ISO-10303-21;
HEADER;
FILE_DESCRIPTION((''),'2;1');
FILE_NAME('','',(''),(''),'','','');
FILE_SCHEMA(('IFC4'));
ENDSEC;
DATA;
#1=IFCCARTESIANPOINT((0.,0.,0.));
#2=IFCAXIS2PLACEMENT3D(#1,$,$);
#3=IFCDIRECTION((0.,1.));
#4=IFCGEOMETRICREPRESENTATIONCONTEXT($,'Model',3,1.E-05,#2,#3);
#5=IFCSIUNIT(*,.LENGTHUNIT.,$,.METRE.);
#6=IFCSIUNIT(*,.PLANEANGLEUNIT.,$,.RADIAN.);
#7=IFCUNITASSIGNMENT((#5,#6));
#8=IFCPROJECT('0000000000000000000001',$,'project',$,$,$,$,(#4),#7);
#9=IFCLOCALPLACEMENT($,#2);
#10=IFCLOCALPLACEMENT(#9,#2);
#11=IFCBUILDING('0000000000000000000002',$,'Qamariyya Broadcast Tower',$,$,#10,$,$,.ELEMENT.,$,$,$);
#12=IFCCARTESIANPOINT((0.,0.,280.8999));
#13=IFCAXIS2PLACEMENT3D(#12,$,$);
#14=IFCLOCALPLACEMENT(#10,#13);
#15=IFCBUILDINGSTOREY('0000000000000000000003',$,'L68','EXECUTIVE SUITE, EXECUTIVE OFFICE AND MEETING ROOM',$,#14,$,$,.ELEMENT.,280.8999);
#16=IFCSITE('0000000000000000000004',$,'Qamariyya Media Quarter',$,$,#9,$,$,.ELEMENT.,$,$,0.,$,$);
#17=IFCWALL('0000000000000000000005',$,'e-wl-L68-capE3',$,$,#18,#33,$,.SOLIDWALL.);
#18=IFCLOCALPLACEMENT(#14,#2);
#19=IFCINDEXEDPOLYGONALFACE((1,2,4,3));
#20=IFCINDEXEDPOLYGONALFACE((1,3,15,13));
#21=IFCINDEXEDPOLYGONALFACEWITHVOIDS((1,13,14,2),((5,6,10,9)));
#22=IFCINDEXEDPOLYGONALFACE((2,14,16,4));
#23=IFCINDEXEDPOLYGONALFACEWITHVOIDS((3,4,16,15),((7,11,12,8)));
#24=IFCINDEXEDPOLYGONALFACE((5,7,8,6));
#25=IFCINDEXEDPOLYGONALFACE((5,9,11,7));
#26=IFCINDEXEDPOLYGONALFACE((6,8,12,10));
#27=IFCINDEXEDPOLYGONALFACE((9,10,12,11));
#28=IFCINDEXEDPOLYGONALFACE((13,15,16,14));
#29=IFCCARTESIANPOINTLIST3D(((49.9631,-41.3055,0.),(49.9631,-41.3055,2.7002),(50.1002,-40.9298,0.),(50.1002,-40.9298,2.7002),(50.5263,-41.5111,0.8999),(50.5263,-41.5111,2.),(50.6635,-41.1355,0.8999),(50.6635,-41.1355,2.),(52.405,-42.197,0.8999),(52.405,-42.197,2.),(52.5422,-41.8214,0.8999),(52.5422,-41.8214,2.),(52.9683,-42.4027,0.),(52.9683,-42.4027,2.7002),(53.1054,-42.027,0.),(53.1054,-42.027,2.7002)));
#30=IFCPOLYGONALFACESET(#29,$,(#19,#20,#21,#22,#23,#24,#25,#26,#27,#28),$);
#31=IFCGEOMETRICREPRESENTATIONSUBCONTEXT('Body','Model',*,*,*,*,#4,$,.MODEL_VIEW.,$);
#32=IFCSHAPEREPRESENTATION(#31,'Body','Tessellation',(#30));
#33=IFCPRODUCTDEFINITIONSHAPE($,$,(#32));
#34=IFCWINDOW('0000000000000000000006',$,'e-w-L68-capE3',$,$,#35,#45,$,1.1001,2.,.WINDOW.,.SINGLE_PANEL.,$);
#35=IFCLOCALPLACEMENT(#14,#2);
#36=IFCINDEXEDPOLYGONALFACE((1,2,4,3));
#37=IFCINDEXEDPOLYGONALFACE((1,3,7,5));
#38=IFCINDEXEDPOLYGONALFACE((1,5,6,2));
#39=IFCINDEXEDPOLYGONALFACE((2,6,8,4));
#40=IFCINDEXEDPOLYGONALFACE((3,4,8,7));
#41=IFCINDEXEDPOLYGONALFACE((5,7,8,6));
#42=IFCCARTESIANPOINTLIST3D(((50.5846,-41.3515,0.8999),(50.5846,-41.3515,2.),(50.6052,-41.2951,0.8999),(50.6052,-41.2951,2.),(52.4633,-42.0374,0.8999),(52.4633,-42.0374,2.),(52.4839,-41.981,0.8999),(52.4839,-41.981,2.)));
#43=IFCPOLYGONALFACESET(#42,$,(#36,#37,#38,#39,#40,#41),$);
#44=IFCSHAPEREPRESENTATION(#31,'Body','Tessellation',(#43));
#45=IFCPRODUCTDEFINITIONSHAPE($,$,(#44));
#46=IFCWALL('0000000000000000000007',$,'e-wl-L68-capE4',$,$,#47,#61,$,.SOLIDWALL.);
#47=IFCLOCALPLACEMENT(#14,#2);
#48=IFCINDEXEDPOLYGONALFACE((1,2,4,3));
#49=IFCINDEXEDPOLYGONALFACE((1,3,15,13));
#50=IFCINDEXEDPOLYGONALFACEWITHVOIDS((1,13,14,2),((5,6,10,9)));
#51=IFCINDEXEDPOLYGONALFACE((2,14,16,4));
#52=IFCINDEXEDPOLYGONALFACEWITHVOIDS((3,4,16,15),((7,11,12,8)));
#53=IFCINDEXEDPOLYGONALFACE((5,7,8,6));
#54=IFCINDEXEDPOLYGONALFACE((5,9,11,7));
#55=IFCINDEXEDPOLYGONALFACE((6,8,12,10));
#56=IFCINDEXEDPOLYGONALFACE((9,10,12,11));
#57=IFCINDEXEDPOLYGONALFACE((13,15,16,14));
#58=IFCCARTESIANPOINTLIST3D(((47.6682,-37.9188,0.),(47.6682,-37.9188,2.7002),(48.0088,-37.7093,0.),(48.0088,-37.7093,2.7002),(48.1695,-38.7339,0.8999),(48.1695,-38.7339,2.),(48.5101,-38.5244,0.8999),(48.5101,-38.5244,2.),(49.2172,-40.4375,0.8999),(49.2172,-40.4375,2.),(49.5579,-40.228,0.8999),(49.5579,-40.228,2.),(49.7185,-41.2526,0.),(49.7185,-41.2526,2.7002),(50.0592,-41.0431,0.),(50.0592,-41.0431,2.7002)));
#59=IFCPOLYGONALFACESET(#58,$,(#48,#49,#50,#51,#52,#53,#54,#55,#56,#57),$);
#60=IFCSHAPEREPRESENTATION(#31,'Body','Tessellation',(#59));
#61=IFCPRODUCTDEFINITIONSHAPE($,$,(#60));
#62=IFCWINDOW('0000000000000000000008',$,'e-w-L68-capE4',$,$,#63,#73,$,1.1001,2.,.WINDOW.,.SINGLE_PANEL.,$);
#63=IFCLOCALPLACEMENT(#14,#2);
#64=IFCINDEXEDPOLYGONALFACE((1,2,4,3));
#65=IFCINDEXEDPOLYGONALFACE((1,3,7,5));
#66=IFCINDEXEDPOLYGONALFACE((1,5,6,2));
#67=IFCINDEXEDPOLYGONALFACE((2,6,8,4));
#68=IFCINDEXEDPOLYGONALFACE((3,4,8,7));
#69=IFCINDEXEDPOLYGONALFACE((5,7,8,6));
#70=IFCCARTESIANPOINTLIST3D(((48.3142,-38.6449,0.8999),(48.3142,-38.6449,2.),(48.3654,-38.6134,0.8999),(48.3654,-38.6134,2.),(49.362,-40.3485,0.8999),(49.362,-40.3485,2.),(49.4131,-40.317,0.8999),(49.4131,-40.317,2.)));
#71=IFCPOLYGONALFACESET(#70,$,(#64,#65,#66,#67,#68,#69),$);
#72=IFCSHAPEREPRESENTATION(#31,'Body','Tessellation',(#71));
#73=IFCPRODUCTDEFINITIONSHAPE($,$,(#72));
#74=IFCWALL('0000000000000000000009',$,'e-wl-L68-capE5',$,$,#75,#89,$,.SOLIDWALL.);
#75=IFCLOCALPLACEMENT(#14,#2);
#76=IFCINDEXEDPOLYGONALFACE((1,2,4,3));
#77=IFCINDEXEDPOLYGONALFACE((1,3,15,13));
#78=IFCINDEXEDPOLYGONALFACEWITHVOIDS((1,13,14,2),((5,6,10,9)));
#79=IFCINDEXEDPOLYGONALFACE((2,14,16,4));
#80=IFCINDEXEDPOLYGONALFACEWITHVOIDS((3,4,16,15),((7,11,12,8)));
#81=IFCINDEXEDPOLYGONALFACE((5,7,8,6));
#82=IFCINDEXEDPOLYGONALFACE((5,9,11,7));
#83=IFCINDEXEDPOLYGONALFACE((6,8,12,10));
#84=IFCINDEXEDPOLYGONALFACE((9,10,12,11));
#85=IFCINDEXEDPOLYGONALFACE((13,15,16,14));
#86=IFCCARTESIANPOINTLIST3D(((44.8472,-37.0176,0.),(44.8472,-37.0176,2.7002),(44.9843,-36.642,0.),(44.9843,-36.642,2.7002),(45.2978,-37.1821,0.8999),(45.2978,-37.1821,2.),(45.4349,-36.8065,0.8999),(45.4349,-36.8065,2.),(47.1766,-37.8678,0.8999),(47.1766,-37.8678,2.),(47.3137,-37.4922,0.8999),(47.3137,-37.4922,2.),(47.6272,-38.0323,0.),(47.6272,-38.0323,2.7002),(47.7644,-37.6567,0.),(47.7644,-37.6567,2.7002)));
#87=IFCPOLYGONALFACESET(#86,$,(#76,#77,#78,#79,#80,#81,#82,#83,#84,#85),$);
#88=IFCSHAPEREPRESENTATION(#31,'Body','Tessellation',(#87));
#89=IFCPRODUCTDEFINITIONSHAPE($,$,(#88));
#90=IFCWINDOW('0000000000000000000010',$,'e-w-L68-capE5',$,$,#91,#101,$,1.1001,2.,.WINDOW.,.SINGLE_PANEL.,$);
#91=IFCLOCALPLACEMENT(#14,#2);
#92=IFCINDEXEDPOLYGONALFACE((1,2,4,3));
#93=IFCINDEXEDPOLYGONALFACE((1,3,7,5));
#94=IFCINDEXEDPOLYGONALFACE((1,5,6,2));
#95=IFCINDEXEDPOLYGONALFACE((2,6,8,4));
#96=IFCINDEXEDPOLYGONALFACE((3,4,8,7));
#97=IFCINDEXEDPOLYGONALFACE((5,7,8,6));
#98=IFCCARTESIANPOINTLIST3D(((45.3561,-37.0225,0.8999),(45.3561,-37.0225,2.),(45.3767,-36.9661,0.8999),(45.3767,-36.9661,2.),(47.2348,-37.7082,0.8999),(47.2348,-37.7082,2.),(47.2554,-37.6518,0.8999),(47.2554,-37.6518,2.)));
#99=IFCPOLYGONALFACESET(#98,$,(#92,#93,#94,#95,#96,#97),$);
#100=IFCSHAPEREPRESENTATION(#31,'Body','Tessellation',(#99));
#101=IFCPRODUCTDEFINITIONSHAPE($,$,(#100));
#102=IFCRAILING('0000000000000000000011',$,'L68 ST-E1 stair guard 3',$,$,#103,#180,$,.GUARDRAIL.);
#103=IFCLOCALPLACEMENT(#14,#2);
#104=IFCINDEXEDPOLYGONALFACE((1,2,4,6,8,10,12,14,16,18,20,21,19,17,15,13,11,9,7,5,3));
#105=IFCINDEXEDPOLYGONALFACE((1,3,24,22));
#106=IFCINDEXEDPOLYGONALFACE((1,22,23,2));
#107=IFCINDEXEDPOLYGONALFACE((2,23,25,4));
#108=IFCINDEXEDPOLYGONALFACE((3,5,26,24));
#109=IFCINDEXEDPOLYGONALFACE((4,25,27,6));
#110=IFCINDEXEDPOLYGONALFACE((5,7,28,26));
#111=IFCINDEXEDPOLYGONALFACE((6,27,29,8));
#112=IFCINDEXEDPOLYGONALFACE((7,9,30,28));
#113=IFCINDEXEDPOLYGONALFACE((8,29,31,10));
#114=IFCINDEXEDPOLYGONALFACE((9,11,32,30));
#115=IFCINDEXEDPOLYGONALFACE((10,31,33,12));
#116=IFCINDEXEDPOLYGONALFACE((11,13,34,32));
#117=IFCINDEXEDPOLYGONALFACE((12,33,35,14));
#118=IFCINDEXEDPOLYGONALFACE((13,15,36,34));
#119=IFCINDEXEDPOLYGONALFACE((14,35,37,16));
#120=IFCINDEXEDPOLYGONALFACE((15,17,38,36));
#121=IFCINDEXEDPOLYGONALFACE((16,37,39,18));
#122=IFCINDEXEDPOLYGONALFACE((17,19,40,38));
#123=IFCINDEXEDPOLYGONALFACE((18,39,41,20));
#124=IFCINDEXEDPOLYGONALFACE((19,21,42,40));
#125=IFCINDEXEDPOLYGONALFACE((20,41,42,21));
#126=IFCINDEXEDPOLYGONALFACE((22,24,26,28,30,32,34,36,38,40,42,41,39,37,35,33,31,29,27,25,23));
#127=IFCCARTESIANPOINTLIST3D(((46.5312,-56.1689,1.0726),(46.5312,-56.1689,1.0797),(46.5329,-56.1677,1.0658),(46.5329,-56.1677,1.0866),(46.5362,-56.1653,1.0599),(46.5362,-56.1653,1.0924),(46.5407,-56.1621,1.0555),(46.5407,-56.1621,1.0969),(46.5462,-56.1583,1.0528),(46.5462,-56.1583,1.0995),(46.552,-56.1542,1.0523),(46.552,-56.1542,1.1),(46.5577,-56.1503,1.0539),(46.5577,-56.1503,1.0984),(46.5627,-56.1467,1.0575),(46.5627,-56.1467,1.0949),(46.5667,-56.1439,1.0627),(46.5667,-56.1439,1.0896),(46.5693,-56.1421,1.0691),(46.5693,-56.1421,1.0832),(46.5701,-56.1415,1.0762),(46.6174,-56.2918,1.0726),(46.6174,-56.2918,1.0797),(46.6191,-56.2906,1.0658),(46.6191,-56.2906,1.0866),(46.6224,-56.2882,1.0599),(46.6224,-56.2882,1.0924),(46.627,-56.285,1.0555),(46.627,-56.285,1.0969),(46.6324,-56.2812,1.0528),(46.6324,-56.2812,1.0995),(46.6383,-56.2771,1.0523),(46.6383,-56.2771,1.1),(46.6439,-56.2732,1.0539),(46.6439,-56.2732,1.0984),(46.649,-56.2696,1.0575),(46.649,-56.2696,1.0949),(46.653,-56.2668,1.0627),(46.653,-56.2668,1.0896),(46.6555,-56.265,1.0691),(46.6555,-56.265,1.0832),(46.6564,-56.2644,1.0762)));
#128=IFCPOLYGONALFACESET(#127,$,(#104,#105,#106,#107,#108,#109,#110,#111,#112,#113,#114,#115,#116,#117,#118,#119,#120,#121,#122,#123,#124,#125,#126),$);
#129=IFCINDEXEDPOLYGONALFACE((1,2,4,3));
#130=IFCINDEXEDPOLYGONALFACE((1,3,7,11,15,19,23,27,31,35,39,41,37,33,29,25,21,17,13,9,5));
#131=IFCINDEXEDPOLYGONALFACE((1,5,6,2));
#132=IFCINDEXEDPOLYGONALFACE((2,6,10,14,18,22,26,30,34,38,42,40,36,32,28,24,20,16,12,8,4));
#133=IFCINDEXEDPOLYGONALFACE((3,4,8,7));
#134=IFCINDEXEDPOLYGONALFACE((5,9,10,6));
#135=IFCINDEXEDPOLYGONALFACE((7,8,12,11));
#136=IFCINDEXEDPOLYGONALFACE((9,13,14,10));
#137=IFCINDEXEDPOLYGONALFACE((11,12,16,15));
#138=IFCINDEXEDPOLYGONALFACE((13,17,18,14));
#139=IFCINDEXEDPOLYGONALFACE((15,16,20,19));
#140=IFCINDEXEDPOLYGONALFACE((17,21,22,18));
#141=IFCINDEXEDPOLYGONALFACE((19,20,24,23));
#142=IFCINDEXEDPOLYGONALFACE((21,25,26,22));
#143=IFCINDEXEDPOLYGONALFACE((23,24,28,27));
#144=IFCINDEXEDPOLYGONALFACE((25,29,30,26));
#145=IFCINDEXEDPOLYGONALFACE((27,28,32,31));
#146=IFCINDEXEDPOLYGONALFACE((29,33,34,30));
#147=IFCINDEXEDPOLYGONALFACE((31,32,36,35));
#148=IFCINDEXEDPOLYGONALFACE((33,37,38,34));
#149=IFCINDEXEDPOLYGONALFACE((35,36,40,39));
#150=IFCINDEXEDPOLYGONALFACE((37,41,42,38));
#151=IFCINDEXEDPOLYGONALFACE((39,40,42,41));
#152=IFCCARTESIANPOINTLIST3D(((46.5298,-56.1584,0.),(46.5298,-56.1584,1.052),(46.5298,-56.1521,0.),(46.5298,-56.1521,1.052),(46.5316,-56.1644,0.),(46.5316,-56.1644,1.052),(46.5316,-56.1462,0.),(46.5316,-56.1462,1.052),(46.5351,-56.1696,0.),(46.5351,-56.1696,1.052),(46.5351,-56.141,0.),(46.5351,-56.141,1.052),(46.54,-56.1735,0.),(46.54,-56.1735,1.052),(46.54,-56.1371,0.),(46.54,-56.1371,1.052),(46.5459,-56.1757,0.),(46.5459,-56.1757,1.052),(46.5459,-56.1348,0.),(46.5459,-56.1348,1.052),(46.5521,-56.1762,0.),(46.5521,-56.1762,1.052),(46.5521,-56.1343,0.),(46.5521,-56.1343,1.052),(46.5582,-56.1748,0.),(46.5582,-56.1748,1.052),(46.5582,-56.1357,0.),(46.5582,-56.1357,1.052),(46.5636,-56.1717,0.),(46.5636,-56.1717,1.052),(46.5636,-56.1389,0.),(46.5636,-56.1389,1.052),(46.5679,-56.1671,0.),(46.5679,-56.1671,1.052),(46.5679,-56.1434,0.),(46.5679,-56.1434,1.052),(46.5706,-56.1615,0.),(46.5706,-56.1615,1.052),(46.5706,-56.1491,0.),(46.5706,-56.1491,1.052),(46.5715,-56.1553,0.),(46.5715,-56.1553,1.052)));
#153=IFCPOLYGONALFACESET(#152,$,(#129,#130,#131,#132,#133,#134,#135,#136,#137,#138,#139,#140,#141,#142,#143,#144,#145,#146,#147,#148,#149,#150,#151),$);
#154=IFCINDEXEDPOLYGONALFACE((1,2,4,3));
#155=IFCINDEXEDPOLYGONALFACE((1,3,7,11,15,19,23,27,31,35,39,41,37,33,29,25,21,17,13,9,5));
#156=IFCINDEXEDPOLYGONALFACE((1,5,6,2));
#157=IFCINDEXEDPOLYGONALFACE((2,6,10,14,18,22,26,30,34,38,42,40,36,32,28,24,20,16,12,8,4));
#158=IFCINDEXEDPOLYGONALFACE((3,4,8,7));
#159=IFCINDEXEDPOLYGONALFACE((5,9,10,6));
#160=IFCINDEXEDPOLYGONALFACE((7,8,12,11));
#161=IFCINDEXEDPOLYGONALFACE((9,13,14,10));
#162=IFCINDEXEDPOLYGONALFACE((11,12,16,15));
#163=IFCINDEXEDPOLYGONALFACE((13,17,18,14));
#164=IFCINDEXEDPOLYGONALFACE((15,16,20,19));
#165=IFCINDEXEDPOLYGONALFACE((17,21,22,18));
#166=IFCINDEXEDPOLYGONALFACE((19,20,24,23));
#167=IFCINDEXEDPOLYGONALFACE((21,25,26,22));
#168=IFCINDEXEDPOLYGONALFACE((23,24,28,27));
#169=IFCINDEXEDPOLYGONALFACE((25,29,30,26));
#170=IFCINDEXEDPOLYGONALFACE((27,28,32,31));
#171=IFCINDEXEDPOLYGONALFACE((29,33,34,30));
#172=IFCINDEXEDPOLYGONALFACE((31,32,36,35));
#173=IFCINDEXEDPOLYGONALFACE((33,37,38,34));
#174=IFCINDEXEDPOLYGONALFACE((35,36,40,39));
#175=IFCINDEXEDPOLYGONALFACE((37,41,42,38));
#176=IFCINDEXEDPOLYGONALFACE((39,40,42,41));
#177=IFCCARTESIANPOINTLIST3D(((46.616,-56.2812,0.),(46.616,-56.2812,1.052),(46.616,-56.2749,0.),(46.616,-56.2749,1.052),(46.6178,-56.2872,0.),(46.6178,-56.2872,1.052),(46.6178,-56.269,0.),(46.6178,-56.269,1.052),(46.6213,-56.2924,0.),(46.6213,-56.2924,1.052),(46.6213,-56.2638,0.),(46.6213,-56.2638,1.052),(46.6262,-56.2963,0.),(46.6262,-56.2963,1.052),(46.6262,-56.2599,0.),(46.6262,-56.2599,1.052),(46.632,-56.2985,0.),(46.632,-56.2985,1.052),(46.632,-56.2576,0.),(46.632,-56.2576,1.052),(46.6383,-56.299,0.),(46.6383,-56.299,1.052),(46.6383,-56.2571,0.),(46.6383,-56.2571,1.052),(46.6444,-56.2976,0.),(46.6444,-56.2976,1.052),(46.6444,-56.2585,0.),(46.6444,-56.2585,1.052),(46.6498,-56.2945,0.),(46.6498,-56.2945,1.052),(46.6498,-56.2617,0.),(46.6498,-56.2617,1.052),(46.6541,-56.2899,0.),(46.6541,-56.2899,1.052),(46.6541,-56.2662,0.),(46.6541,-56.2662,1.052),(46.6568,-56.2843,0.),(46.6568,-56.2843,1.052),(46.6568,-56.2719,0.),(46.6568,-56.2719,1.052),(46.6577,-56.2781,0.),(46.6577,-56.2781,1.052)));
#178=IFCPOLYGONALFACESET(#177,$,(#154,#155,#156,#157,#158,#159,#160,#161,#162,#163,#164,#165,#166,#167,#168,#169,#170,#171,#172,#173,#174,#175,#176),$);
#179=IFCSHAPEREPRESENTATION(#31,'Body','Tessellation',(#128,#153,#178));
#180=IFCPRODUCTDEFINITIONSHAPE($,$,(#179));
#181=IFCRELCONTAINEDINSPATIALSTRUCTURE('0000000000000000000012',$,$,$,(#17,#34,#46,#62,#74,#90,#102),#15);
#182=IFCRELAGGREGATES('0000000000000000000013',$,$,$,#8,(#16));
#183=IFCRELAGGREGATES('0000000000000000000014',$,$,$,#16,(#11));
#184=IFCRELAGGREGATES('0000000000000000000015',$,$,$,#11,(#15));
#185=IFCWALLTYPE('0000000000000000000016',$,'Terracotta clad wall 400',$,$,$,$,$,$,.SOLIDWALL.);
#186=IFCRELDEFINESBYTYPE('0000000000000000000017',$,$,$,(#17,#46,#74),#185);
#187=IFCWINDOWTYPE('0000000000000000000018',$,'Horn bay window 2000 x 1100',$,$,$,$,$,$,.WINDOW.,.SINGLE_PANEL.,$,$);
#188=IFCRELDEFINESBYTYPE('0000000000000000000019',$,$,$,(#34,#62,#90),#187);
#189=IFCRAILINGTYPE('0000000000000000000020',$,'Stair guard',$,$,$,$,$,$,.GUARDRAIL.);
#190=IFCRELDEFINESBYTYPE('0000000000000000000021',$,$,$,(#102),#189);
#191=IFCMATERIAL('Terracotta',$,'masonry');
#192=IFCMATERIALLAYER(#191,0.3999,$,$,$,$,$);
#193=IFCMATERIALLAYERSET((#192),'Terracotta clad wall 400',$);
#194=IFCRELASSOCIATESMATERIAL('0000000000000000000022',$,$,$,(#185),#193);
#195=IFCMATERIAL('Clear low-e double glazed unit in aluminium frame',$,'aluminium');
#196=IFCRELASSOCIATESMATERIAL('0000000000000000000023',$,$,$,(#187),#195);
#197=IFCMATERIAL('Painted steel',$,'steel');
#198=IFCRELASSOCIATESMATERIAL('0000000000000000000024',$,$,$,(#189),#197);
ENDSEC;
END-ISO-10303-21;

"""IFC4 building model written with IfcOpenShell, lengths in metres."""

from ifc_helpers import new_model, si_unit, direction, frame, frame_2d, origin, origin_2d, place, context, subcontext, project, spatial, rectangle, circle, extrude, material, layer, layer_set, type_object, element, fill, save


model = new_model("IFC4")

# Units and contexts
model_context = context("Model", 3, precision=1e-05, world=origin(), true_north=direction((0.0, 1.0)))
body_context = subcontext(model_context, "Body", "Model", "MODEL_VIEW")
ifc_project = project(units=[si_unit("LENGTHUNIT", "METRE"), si_unit("PLANEANGLEUNIT", "RADIAN")], contexts=[model_context])

# Site, building, storey
site_placement = place(None, origin())
site = spatial("IfcSite", under=ifc_project, at=site_placement, Name="Qamariyya Media Quarter", CompositionType="ELEMENT", RefElevation=0.0)
building_placement = place(site_placement, origin())
building = spatial("IfcBuilding", under=site, at=building_placement, Name="Qamariyya Broadcast Tower", CompositionType="ELEMENT")
storey_placement = place(building_placement, frame((0.0, 0.0, 280.8999)))
storey = spatial("IfcBuildingStorey", under=building, at=storey_placement, Name="L68", Description="EXECUTIVE SUITE, EXECUTIVE OFFICE AND MEETING ROOM", CompositionType="ELEMENT", Elevation=280.8999)

# Walls, openings, windows
ifc_material_1 = material(Name="Terracotta", Category="masonry")
ifc_layer_1 = layer(ifc_material_1, 0.3999)
ifc_layer_set_1 = layer_set([ifc_layer_1], Name="Terracotta clad wall 400")
wall_type_1 = type_object("IfcWallType", Name="Terracotta clad wall 400", PredefinedType="SOLIDWALL", material=ifc_layer_set_1)
ifc_material_2 = material(Name="Clear low-e double glazed unit in aluminium frame", Category="aluminium")
window_type = type_object("IfcWindowType", Name="Horn bay window 2000 x 1100", PartitioningType="SINGLE_PANEL", PredefinedType="WINDOW", material=ifc_material_2)
wall_1_placement = place(storey_placement, frame((53.0369, -42.2148, 0.0), z_axis=(0.0, 0.0, 1.0), x_axis=(-0.939351, 0.342956, 0.0)))
wall_1 = element("IfcWall", 1, at=wall_1_placement, inside=storey, type_object=wall_type_1, Name="e-wl-L68-capE3", PredefinedType="SOLIDWALL", context=body_context, shape_type="SweptSolid", body=[
    extrude(rectangle(XDim=3.1992, YDim=0.3999, at=frame_2d((1.5996, 0.0))), origin(), (0.0, 0.0, 1.0), 2.7002),
])
opening_1_placement = place(wall_1_placement, frame((0.5996, 0.0, 0.8999)))
opening_1 = element("IfcOpeningElement", 2, at=opening_1_placement, cuts=wall_1, PredefinedType="OPENING", context=body_context, shape_type="SweptSolid", body=[
    extrude(rectangle(XDim=2.0, YDim=1.1001, at=frame_2d((1.0, 0.55))), frame((0.0, 0.21, 0.0), z_axis=(0.0, -1.0, 0.0), x_axis=(1.0, 0.0, 0.0)), (0.0, 0.0, 1.0), 0.4199),
])
window_1_placement = place(opening_1_placement, origin())
window_1 = element("IfcWindow", 3, at=window_1_placement, inside=storey, type_object=window_type, Name="e-w-L68-capE3", OverallHeight=1.1001, OverallWidth=2.0, PartitioningType="SINGLE_PANEL", PredefinedType="WINDOW", context=body_context, shape_type="SweptSolid", body=[
    extrude(rectangle(XDim=2.0, YDim=1.1001, at=frame_2d((1.0, 0.55))), frame((0.0, 0.03, 0.0), z_axis=(0.0, -1.0, 0.0), x_axis=(1.0, 0.0, 0.0)), (0.0, 0.0, 1.0), 0.0601),
])
fill(opening_1, window_1)
wall_2_placement = place(storey_placement, frame((49.8889, -41.1479, 0.0), z_axis=(0.0, 0.0, 1.0), x_axis=(-0.523868, 0.8518, 0.0)))
wall_2 = element("IfcWall", 4, at=wall_2_placement, inside=storey, type_object=wall_type_1, Name="e-wl-L68-capE4", PredefinedType="SOLIDWALL", context=body_context, shape_type="SweptSolid", body=[
    extrude(rectangle(XDim=3.9138, YDim=0.3999, at=frame_2d((1.957, 0.0))), origin(), (0.0, 0.0, 1.0), 2.7002),
])
opening_2_placement = place(wall_2_placement, frame((0.957, 0.0, 0.8999)))
opening_2 = element("IfcOpeningElement", 5, at=opening_2_placement, cuts=wall_2, PredefinedType="OPENING", context=body_context, shape_type="SweptSolid", body=[
    extrude(rectangle(XDim=2.0, YDim=1.1001, at=frame_2d((1.0, 0.55))), frame((0.0, 0.21, 0.0), z_axis=(0.0, -1.0, 0.0), x_axis=(1.0, 0.0, 0.0)), (0.0, 0.0, 1.0), 0.4199),
])
window_2_placement = place(opening_2_placement, origin())
window_2 = element("IfcWindow", 6, at=window_2_placement, inside=storey, type_object=window_type, Name="e-w-L68-capE4", OverallHeight=1.1001, OverallWidth=2.0, PartitioningType="SINGLE_PANEL", PredefinedType="WINDOW", context=body_context, shape_type="SweptSolid", body=[
    extrude(rectangle(XDim=2.0, YDim=1.1001, at=frame_2d((1.0, 0.55))), frame((0.0, 0.03, 0.0), z_axis=(0.0, -1.0, 0.0), x_axis=(1.0, 0.0, 0.0)), (0.0, 0.0, 1.0), 0.0601),
])
fill(opening_2, window_2)
wall_3_placement = place(storey_placement, frame((47.6958, -37.8445, 0.0), z_axis=(0.0, 0.0, 1.0), x_axis=(-0.939388, 0.342856, 0.0)))
wall_3 = element("IfcWall", 7, at=wall_3_placement, inside=storey, type_object=wall_type_1, Name="e-wl-L68-capE5", PredefinedType="SOLIDWALL", context=body_context, shape_type="SweptSolid", body=[
    extrude(rectangle(XDim=2.9595, YDim=0.3999, at=frame_2d((1.4797, 0.0))), origin(), (0.0, 0.0, 1.0), 2.7002),
])
opening_3_placement = place(wall_3_placement, frame((0.4797, 0.0, 0.8999)))
opening_3 = element("IfcOpeningElement", 8, at=opening_3_placement, cuts=wall_3, PredefinedType="OPENING", context=body_context, shape_type="SweptSolid", body=[
    extrude(rectangle(XDim=2.0, YDim=1.1001, at=frame_2d((1.0, 0.55))), frame((0.0, 0.21, 0.0), z_axis=(0.0, -1.0, 0.0), x_axis=(1.0, 0.0, 0.0)), (0.0, 0.0, 1.0), 0.4199),
])
window_3_placement = place(opening_3_placement, origin())
window_3 = element("IfcWindow", 9, at=window_3_placement, inside=storey, type_object=window_type, Name="e-w-L68-capE5", OverallHeight=1.1001, OverallWidth=2.0, PartitioningType="SINGLE_PANEL", PredefinedType="WINDOW", context=body_context, shape_type="SweptSolid", body=[
    extrude(rectangle(XDim=2.0, YDim=1.1001, at=frame_2d((1.0, 0.55))), frame((0.0, 0.03, 0.0), z_axis=(0.0, -1.0, 0.0), x_axis=(1.0, 0.0, 0.0)), (0.0, 0.0, 1.0), 0.0601),
])
fill(opening_3, window_3)

# Railing
ifc_material_3 = material(Name="Painted steel", Category="steel")
railing_type_1 = type_object("IfcRailingType", Name="Stair guard", PredefinedType="GUARDRAIL", material=ifc_material_3)
railing_1_placement = place(storey_placement, frame((46.5505, -56.1553, 0.0)))
element("IfcRailing", 10, at=railing_1_placement, inside=storey, type_object=railing_type_1, Name="L68 ST-E1 stair guard 3", PredefinedType="GUARDRAIL", context=body_context, shape_type="SweptSolid", body=[
    extrude(circle(Radius=0.0239, at=origin_2d()), frame((0.0, 0.0, 1.0762), z_axis=(0.574445, -0.818543, 0.0), x_axis=(0.818543, 0.574445, 0.0)), (0.0, 0.0, 1.0), 0.1501),
    extrude(circle(Radius=0.021, at=origin_2d()), origin(), (0.0, 0.0, 1.0), 1.052),
    extrude(circle(Radius=0.021, at=origin_2d()), frame((0.0862, -0.1228, 0.0)), (0.0, 0.0, 1.0), 1.052),
])

save(model, "model.ifc")
